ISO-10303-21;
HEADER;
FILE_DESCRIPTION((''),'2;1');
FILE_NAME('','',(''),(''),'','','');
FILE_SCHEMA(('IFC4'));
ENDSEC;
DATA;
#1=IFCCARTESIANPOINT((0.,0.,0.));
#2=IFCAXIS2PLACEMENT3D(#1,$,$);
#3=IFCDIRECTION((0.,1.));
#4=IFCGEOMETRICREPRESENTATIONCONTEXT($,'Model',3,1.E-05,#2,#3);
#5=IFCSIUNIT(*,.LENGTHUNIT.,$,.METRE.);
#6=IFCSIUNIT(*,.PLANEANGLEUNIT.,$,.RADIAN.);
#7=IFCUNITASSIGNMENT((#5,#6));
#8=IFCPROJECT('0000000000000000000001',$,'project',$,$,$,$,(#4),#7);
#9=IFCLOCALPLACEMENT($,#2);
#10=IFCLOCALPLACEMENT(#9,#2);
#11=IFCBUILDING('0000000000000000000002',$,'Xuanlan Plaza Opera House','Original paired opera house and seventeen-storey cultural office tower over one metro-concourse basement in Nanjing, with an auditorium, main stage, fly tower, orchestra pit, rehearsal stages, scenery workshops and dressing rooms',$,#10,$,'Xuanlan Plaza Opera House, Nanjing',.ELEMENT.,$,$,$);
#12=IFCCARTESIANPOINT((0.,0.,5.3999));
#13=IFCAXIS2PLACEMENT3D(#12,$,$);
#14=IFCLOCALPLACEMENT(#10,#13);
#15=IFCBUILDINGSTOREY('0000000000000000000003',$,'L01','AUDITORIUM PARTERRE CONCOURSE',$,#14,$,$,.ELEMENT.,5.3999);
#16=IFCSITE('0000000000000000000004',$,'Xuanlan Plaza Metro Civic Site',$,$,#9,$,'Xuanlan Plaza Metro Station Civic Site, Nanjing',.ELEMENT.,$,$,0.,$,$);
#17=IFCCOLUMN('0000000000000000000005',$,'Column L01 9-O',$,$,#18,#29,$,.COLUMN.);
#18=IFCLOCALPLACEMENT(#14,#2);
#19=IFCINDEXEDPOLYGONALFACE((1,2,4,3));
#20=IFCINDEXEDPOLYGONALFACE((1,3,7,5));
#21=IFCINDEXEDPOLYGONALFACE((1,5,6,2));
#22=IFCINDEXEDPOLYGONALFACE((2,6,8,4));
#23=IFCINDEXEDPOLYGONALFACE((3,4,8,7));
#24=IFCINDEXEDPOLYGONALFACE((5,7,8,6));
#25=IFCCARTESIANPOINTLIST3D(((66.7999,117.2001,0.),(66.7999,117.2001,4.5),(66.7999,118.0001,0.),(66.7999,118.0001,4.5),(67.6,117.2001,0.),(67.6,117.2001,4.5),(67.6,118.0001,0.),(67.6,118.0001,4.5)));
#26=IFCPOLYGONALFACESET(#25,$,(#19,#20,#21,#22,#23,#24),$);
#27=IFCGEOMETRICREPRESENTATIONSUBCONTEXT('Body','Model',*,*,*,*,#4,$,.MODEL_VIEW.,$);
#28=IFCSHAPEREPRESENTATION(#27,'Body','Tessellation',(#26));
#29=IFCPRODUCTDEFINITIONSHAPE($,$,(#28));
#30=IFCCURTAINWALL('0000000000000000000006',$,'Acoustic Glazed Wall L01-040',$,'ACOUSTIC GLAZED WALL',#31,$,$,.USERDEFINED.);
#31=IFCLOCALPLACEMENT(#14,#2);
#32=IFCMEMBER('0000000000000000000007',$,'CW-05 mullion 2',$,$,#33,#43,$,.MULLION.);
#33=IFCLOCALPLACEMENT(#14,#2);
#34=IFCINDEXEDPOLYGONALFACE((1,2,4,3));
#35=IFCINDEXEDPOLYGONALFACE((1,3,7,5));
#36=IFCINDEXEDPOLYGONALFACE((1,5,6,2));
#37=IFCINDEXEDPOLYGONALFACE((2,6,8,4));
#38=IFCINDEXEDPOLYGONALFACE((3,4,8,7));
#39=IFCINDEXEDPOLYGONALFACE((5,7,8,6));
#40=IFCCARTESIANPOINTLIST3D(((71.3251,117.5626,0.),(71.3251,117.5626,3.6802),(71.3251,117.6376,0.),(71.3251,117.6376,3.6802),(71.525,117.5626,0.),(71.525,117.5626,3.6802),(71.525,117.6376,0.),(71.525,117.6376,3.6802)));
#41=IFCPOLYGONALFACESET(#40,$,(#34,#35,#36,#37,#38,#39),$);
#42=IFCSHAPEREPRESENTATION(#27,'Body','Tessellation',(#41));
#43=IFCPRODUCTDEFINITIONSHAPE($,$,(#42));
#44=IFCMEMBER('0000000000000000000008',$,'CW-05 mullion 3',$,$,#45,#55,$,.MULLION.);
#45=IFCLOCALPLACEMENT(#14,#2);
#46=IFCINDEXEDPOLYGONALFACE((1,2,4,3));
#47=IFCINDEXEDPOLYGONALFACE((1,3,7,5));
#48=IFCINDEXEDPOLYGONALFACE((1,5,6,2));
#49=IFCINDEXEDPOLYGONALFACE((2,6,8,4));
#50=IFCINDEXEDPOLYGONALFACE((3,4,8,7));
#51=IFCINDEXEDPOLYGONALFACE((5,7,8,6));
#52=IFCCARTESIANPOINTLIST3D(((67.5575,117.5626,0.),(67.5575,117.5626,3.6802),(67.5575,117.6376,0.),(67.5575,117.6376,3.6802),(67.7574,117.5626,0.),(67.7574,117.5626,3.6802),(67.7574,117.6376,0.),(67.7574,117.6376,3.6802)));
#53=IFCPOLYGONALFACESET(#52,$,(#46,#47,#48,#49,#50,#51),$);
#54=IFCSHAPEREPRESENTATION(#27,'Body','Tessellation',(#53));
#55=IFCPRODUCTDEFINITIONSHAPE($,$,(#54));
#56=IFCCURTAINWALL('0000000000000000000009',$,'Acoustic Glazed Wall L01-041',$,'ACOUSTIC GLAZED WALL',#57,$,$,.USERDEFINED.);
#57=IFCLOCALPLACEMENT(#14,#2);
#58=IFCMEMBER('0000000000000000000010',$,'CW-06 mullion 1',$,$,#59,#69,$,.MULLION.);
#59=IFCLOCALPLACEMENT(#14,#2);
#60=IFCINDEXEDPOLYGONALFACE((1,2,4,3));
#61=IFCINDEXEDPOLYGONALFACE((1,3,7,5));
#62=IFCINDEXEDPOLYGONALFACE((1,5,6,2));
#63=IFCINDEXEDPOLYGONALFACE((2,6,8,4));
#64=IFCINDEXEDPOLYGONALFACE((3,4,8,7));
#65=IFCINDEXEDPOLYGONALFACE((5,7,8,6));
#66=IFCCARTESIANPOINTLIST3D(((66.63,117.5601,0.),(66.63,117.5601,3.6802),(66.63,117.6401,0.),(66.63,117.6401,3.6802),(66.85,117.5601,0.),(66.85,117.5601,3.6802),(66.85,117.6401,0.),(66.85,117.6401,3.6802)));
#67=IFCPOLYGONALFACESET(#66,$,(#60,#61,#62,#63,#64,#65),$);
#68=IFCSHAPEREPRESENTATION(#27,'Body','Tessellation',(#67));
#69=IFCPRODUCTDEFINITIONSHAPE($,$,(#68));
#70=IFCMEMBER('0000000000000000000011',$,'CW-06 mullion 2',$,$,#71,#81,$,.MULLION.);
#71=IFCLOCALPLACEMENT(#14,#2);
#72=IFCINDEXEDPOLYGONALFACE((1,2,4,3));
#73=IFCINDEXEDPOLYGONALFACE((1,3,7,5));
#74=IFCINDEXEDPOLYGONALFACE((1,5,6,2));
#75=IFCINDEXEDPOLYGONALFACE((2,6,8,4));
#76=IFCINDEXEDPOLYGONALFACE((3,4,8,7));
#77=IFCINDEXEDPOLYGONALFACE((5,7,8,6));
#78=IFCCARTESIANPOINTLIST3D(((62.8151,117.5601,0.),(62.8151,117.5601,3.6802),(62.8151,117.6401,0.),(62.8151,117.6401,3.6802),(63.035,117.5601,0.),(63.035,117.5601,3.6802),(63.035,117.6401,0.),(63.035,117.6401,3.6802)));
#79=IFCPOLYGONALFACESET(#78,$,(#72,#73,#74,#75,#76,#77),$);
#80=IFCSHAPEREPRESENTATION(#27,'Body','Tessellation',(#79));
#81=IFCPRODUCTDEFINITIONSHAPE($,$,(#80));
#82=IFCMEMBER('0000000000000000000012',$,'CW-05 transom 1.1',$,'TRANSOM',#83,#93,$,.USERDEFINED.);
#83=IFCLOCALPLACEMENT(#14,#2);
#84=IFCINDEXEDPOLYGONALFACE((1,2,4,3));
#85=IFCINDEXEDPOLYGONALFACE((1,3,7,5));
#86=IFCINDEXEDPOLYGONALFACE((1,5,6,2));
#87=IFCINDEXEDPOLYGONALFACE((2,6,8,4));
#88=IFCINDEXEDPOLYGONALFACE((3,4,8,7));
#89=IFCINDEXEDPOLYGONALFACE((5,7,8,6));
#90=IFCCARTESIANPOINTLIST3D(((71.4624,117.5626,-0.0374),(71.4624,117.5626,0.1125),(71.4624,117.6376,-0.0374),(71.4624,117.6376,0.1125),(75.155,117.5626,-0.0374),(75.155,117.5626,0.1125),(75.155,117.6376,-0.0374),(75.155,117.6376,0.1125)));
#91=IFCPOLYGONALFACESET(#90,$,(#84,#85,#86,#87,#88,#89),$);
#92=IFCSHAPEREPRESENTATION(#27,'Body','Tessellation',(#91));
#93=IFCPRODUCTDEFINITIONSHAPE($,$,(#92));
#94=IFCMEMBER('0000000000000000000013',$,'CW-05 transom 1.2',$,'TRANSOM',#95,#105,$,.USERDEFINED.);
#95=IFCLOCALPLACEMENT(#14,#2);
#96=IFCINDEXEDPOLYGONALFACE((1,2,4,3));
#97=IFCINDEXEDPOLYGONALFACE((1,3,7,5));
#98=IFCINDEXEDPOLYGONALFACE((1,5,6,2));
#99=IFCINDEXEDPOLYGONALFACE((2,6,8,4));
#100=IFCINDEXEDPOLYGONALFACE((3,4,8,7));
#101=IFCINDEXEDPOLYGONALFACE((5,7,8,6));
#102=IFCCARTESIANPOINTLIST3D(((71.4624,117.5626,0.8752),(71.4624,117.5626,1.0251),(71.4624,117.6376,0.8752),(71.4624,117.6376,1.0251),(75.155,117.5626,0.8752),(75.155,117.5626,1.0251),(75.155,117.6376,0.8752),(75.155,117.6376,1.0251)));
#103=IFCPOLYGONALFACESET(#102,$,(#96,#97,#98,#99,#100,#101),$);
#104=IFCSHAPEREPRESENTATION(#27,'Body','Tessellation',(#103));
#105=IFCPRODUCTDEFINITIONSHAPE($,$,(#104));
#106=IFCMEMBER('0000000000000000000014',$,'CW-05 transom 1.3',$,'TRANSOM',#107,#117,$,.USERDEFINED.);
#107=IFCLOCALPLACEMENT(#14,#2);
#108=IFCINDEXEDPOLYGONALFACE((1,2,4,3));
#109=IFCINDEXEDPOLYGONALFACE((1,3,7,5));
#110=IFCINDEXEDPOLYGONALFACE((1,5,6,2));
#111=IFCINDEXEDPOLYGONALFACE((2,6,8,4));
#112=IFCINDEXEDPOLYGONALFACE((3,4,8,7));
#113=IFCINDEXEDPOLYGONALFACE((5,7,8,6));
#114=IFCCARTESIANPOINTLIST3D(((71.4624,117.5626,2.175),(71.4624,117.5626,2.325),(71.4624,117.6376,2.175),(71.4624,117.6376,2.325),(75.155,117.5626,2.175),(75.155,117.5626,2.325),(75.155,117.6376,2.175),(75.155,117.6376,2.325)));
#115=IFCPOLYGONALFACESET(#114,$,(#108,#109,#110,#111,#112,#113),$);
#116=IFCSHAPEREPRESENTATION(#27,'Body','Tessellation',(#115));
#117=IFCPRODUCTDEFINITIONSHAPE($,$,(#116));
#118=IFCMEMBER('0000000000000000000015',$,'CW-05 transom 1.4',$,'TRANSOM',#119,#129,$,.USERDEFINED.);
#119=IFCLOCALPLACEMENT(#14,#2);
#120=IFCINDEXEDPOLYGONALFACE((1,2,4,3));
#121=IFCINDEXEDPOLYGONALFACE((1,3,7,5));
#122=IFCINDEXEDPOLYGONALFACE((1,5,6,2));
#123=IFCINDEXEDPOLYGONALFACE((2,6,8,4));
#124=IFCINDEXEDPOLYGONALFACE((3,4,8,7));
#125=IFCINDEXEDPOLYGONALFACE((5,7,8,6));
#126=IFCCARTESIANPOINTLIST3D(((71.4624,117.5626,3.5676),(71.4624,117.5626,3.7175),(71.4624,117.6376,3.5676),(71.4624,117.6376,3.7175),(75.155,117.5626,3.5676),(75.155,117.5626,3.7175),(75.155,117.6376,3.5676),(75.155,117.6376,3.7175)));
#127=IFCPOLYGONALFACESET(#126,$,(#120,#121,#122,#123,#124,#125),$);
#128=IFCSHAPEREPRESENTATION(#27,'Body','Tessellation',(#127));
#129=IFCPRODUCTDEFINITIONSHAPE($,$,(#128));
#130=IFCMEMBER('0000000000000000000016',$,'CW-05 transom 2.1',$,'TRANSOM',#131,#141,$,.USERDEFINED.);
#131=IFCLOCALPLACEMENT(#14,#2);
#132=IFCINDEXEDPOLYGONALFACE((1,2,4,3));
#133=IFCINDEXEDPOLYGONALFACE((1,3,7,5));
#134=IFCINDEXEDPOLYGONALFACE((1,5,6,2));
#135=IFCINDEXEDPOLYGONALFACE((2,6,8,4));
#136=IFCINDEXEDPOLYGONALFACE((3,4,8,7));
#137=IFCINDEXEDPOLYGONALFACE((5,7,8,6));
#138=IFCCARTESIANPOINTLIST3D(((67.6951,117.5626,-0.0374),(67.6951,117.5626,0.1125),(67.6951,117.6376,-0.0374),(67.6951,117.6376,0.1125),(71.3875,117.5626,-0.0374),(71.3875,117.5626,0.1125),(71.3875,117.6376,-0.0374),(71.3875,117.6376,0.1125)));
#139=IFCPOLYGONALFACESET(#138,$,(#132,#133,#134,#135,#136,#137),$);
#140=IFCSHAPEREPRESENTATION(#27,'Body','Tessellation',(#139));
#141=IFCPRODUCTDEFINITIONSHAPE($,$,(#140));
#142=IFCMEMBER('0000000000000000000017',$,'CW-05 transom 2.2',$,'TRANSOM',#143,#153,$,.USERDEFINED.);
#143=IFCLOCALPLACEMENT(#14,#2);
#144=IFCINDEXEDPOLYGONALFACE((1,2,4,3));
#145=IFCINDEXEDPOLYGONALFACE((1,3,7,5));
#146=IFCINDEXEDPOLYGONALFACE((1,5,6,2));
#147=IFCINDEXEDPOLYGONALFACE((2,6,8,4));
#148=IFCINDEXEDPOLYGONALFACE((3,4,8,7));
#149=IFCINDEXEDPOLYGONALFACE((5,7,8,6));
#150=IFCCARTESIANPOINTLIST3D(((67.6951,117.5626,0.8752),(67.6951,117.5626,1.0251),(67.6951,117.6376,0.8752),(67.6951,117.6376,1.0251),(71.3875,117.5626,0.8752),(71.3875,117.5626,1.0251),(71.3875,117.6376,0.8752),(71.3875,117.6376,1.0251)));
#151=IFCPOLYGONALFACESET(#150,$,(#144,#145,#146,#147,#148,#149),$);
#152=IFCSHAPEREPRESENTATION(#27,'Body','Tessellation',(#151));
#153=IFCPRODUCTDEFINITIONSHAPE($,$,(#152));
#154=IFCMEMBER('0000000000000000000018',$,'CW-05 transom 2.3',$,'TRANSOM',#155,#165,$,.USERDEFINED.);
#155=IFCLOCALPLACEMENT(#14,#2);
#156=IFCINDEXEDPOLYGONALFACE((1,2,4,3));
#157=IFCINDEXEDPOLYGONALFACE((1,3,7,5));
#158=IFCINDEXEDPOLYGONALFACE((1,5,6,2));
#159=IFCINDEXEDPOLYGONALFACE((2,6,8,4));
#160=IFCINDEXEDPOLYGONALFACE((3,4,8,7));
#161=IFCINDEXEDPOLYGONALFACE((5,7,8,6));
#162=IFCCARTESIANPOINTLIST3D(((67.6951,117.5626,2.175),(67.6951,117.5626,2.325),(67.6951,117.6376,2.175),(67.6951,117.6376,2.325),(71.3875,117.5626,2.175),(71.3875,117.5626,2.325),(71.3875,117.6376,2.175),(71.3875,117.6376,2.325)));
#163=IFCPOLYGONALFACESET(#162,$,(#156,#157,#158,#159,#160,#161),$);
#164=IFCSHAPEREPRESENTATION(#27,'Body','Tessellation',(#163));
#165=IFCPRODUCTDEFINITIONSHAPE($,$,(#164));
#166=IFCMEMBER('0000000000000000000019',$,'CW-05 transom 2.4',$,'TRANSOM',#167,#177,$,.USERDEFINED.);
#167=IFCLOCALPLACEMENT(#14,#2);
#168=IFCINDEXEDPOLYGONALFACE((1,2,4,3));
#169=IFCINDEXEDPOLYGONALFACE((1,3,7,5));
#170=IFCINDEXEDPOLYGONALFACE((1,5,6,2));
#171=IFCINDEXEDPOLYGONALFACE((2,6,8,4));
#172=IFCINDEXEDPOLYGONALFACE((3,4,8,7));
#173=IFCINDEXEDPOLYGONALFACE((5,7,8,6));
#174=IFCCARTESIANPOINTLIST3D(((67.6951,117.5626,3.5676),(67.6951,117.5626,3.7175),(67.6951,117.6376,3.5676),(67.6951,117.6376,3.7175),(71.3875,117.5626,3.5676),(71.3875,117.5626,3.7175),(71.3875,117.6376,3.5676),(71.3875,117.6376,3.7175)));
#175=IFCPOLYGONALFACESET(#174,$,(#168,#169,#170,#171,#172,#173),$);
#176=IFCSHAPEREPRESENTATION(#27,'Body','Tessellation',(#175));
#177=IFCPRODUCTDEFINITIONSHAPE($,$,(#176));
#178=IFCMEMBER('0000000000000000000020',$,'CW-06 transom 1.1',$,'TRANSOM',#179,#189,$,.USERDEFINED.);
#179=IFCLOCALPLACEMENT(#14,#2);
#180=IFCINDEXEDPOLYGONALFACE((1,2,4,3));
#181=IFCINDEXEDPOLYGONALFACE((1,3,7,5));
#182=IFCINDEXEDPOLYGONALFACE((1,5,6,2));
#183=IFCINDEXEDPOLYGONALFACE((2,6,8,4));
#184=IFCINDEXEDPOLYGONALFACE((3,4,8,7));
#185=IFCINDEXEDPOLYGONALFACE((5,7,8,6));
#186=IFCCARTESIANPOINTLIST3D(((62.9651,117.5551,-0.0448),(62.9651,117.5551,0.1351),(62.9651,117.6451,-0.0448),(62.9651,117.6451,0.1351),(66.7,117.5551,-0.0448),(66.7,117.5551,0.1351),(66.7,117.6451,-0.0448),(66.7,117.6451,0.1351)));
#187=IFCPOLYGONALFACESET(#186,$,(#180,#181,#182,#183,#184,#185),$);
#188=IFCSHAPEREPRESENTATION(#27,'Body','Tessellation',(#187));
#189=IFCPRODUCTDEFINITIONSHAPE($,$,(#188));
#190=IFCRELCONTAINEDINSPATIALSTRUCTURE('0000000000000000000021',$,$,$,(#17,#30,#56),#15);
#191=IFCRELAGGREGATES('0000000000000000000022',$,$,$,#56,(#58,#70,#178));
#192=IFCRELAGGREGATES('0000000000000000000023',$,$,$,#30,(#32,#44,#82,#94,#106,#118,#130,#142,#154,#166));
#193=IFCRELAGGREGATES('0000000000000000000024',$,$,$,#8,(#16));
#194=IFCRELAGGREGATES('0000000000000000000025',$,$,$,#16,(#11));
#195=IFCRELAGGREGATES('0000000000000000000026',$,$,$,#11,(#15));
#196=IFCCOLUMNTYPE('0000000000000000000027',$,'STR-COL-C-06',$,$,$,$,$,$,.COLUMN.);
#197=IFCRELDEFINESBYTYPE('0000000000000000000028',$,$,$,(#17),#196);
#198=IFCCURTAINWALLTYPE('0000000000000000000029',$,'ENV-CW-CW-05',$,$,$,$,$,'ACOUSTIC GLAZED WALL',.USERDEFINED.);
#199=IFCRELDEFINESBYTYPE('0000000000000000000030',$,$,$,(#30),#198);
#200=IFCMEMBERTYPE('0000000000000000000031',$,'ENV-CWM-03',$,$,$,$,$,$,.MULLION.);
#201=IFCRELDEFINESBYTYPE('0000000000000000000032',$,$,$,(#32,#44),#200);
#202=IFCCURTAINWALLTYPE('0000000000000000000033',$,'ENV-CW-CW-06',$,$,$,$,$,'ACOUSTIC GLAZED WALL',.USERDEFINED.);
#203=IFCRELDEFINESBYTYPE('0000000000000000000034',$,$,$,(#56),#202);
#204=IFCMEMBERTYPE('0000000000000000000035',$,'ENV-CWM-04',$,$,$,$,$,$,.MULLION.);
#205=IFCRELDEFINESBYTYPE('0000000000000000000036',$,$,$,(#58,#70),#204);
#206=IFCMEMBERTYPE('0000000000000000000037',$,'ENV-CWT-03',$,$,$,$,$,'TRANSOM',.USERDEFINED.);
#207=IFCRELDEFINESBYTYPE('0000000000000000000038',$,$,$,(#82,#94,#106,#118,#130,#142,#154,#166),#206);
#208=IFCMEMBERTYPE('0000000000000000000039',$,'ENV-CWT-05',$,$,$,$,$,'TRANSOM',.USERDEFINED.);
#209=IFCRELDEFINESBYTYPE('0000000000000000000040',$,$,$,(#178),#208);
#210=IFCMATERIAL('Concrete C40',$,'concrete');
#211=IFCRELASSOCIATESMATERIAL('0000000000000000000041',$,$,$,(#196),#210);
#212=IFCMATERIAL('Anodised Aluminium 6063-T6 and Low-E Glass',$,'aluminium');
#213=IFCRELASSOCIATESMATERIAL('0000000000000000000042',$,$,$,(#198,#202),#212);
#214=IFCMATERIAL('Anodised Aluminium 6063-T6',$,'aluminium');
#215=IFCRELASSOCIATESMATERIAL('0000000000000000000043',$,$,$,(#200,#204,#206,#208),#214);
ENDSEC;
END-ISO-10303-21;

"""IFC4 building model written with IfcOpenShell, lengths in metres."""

from ifc_helpers import new_model, si_unit, direction, frame, origin, origin_2d, place, context, subcontext, project, spatial, rectangle, extrude, material, material_profile, profile_set, type_object, element, aggregate, save


model = new_model("IFC4")

# Units and contexts
model_context = context("Model", 3, precision=1e-05, world=origin(), true_north=direction((0.0, 1.0)))
body_context = subcontext(model_context, "Body", "Model", "MODEL_VIEW")
ifc_project = project(units=[si_unit("LENGTHUNIT", "METRE"), si_unit("PLANEANGLEUNIT", "RADIAN")], contexts=[model_context])

# Site, building, storey
site_placement = place(None, origin())
site = spatial("IfcSite", under=ifc_project, at=site_placement, Name="Xuanlan Plaza Metro Civic Site", LongName="Xuanlan Plaza Metro Station Civic Site, Nanjing", CompositionType="ELEMENT", RefElevation=0.0)
building_placement = place(site_placement, origin())
building = spatial("IfcBuilding", under=site, at=building_placement, Name="Xuanlan Plaza Opera House", Description="Original paired opera house and seventeen-storey cultural office tower over one metro-concourse basement in Nanjing, with an auditorium, main stage, fly tower, orchestra pit, rehearsal stages, scenery workshops and dressing rooms", LongName="Xuanlan Plaza Opera House, Nanjing", CompositionType="ELEMENT")
storey_placement = place(building_placement, frame((0.0, 0.0, 5.3999)))
storey = spatial("IfcBuildingStorey", under=building, at=storey_placement, Name="L01", Description="AUDITORIUM PARTERRE CONCOURSE", CompositionType="ELEMENT", Elevation=5.3999)

# Column
ifc_material_1 = material(Name="Concrete C40", Category="concrete")
ifc_material_profile_1 = material_profile(ifc_material_1, rectangle(XDim=0.8, YDim=0.8, at=origin_2d()), Name="RC-COL 800x800")
ifc_profile_set_1 = profile_set([ifc_material_profile_1], Name="Concrete C40")
column_type = type_object("IfcColumnType", Name="STR-COL-C-06", PredefinedType="COLUMN", material=ifc_profile_set_1)
column_placement = place(storey_placement, frame((67.2, 117.6001, 0.0), z_axis=(0.0, 0.0, 1.0), x_axis=(1.0, 0.0, 0.0)))
element("IfcColumn", 1, at=column_placement, inside=storey, type_object=column_type, Name="Column L01 9-O", PredefinedType="COLUMN", context=body_context, shape_type="SweptSolid", body=[
    extrude(rectangle(XDim=0.8, YDim=0.8, at=origin_2d()), origin(), (0.0, 0.0, 1.0), 4.5),
])

# Curtain walls, members
ifc_material_2 = material(Name="Anodised Aluminium 6063-T6 and Low-E Glass", Category="aluminium")
curtain_wall_type_1 = type_object("IfcCurtainWallType", Name="ENV-CW-CW-05", ElementType="ACOUSTIC GLAZED WALL", PredefinedType="USERDEFINED", material=ifc_material_2)
curtain_wall_1_placement = place(storey_placement, origin())
curtain_wall_1 = element("IfcCurtainWall", 2, at=curtain_wall_1_placement, inside=storey, type_object=curtain_wall_type_1, Name="Acoustic Glazed Wall L01-040", ObjectType="ACOUSTIC GLAZED WALL", PredefinedType="USERDEFINED")
ifc_material_3 = material(Name="Anodised Aluminium 6063-T6", Category="aluminium")
ifc_material_profile_2 = material_profile(ifc_material_3, rectangle(XDim=0.075, YDim=0.2, at=origin_2d()), Name="ALU-M 75x200")
ifc_profile_set_2 = profile_set([ifc_material_profile_2], Name="Anodised Aluminium 6063-T6")
member_type_1 = type_object("IfcMemberType", Name="ENV-CWM-03", PredefinedType="MULLION", material=ifc_profile_set_2)
member_1_placement = place(storey_placement, frame((71.425, 117.6001, 0.0), z_axis=(0.0, 0.0, 1.0), x_axis=(0.0, -1.0, 0.0)))
member_1 = element("IfcMember", 3, at=member_1_placement, type_object=member_type_1, Name="CW-05 mullion 2", PredefinedType="MULLION", context=body_context, shape_type="SweptSolid", body=[
    extrude(rectangle(XDim=0.075, YDim=0.2, at=origin_2d()), origin(), (0.0, 0.0, 1.0), 3.6802),
])
member_2_placement = place(storey_placement, frame((67.6575, 117.6001, 0.0), z_axis=(0.0, 0.0, 1.0), x_axis=(0.0, -1.0, 0.0)))
member_2 = element("IfcMember", 4, at=member_2_placement, type_object=member_type_1, Name="CW-05 mullion 3", PredefinedType="MULLION", context=body_context, shape_type="SweptSolid", body=[
    extrude(rectangle(XDim=0.075, YDim=0.2, at=origin_2d()), origin(), (0.0, 0.0, 1.0), 3.6802),
])
curtain_wall_type_2 = type_object("IfcCurtainWallType", Name="ENV-CW-CW-06", ElementType="ACOUSTIC GLAZED WALL", PredefinedType="USERDEFINED", material=ifc_material_2)
curtain_wall_2_placement = place(storey_placement, origin())
curtain_wall_2 = element("IfcCurtainWall", 5, at=curtain_wall_2_placement, inside=storey, type_object=curtain_wall_type_2, Name="Acoustic Glazed Wall L01-041", ObjectType="ACOUSTIC GLAZED WALL", PredefinedType="USERDEFINED")
ifc_material_profile_3 = material_profile(ifc_material_3, rectangle(XDim=0.0801, YDim=0.22, at=origin_2d()), Name="ALU-M 80x220")
ifc_profile_set_3 = profile_set([ifc_material_profile_3], Name="Anodised Aluminium 6063-T6")
member_type_2 = type_object("IfcMemberType", Name="ENV-CWM-04", PredefinedType="MULLION", material=ifc_profile_set_3)
member_3_placement = place(storey_placement, frame((66.74, 117.6001, 0.0), z_axis=(0.0, 0.0, 1.0), x_axis=(0.0, -1.0, 0.0)))
member_3 = element("IfcMember", 6, at=member_3_placement, type_object=member_type_2, Name="CW-06 mullion 1", PredefinedType="MULLION", context=body_context, shape_type="SweptSolid", body=[
    extrude(rectangle(XDim=0.0801, YDim=0.22, at=origin_2d()), origin(), (0.0, 0.0, 1.0), 3.6802),
])
member_4_placement = place(storey_placement, frame((62.925, 117.6001, 0.0), z_axis=(0.0, 0.0, 1.0), x_axis=(0.0, -1.0, 0.0)))
member_4 = element("IfcMember", 7, at=member_4_placement, type_object=member_type_2, Name="CW-06 mullion 2", PredefinedType="MULLION", context=body_context, shape_type="SweptSolid", body=[
    extrude(rectangle(XDim=0.0801, YDim=0.22, at=origin_2d()), origin(), (0.0, 0.0, 1.0), 3.6802),
])

# Members
ifc_material_profile_4 = material_profile(ifc_material_3, rectangle(XDim=0.075, YDim=0.1499, at=origin_2d()), Name="ALU-T 75x150")
ifc_profile_set_4 = profile_set([ifc_material_profile_4], Name="Anodised Aluminium 6063-T6")
member_type_3 = type_object("IfcMemberType", Name="ENV-CWT-03", ElementType="TRANSOM", PredefinedType="USERDEFINED", material=ifc_profile_set_4)
member_5_placement = place(storey_placement, frame((75.155, 117.6001, 0.0376), z_axis=(-1.0, 0.0, 0.0), x_axis=(0.0, -1.0, 0.0)))
member_5 = element("IfcMember", 8, at=member_5_placement, type_object=member_type_3, Name="CW-05 transom 1.1", ObjectType="TRANSOM", PredefinedType="USERDEFINED", context=body_context, shape_type="SweptSolid", body=[
    extrude(rectangle(XDim=0.075, YDim=0.1499, at=origin_2d()), origin(), (0.0, 0.0, 1.0), 3.6926),
])
member_6_placement = place(storey_placement, frame((75.155, 117.6001, 0.9502), z_axis=(-1.0, 0.0, 0.0), x_axis=(0.0, -1.0, 0.0)))
member_6 = element("IfcMember", 9, at=member_6_placement, type_object=member_type_3, Name="CW-05 transom 1.2", ObjectType="TRANSOM", PredefinedType="USERDEFINED", context=body_context, shape_type="SweptSolid", body=[
    extrude(rectangle(XDim=0.075, YDim=0.1499, at=origin_2d()), origin(), (0.0, 0.0, 1.0), 3.6926),
])
member_7_placement = place(storey_placement, frame((75.155, 117.6001, 2.25), z_axis=(-1.0, 0.0, 0.0), x_axis=(0.0, -1.0, 0.0)))
member_7 = element("IfcMember", 10, at=member_7_placement, type_object=member_type_3, Name="CW-05 transom 1.3", ObjectType="TRANSOM", PredefinedType="USERDEFINED", context=body_context, shape_type="SweptSolid", body=[
    extrude(rectangle(XDim=0.075, YDim=0.1499, at=origin_2d()), origin(), (0.0, 0.0, 1.0), 3.6926),
])
member_8_placement = place(storey_placement, frame((75.155, 117.6001, 3.6426), z_axis=(-1.0, 0.0, 0.0), x_axis=(0.0, -1.0, 0.0)))
member_8 = element("IfcMember", 11, at=member_8_placement, type_object=member_type_3, Name="CW-05 transom 1.4", ObjectType="TRANSOM", PredefinedType="USERDEFINED", context=body_context, shape_type="SweptSolid", body=[
    extrude(rectangle(XDim=0.075, YDim=0.1499, at=origin_2d()), origin(), (0.0, 0.0, 1.0), 3.6926),
])
member_9_placement = place(storey_placement, frame((71.3875, 117.6001, 0.0376), z_axis=(-1.0, 0.0, 0.0), x_axis=(0.0, -1.0, 0.0)))
member_9 = element("IfcMember", 12, at=member_9_placement, type_object=member_type_3, Name="CW-05 transom 2.1", ObjectType="TRANSOM", PredefinedType="USERDEFINED", context=body_context, shape_type="SweptSolid", body=[
    extrude(rectangle(XDim=0.075, YDim=0.1499, at=origin_2d()), origin(), (0.0, 0.0, 1.0), 3.6924),
])
member_10_placement = place(storey_placement, frame((71.3875, 117.6001, 0.9502), z_axis=(-1.0, 0.0, 0.0), x_axis=(0.0, -1.0, 0.0)))
member_10 = element("IfcMember", 13, at=member_10_placement, type_object=member_type_3, Name="CW-05 transom 2.2", ObjectType="TRANSOM", PredefinedType="USERDEFINED", context=body_context, shape_type="SweptSolid", body=[
    extrude(rectangle(XDim=0.075, YDim=0.1499, at=origin_2d()), origin(), (0.0, 0.0, 1.0), 3.6924),
])
member_11_placement = place(storey_placement, frame((71.3875, 117.6001, 2.25), z_axis=(-1.0, 0.0, 0.0), x_axis=(0.0, -1.0, 0.0)))
member_11 = element("IfcMember", 14, at=member_11_placement, type_object=member_type_3, Name="CW-05 transom 2.3", ObjectType="TRANSOM", PredefinedType="USERDEFINED", context=body_context, shape_type="SweptSolid", body=[
    extrude(rectangle(XDim=0.075, YDim=0.1499, at=origin_2d()), origin(), (0.0, 0.0, 1.0), 3.6924),
])
member_12_placement = place(storey_placement, frame((71.3875, 117.6001, 3.6426), z_axis=(-1.0, 0.0, 0.0), x_axis=(0.0, -1.0, 0.0)))
member_12 = element("IfcMember", 15, at=member_12_placement, type_object=member_type_3, Name="CW-05 transom 2.4", ObjectType="TRANSOM", PredefinedType="USERDEFINED", context=body_context, shape_type="SweptSolid", body=[
    extrude(rectangle(XDim=0.075, YDim=0.1499, at=origin_2d()), origin(), (0.0, 0.0, 1.0), 3.6924),
])
ifc_material_profile_5 = material_profile(ifc_material_3, rectangle(XDim=0.0901, YDim=0.1799, at=origin_2d()), Name="ALU-T 90x180")
ifc_profile_set_5 = profile_set([ifc_material_profile_5], Name="Anodised Aluminium 6063-T6")
member_type_4 = type_object("IfcMemberType", Name="ENV-CWT-05", ElementType="TRANSOM", PredefinedType="USERDEFINED", material=ifc_profile_set_5)
member_13_placement = place(storey_placement, frame((66.7, 117.6001, 0.0452), z_axis=(-1.0, 0.0, 0.0), x_axis=(0.0, -1.0, 0.0)))
member_13 = element("IfcMember", 16, at=member_13_placement, type_object=member_type_4, Name="CW-06 transom 1.1", ObjectType="TRANSOM", PredefinedType="USERDEFINED", context=body_context, shape_type="SweptSolid", body=[
    extrude(rectangle(XDim=0.0901, YDim=0.1799, at=origin_2d()), origin(), (0.0, 0.0, 1.0), 3.7349),
])

aggregate(curtain_wall_2, [member_3, member_4, member_13])
aggregate(curtain_wall_1, [member_1, member_2, member_5, member_6, member_7, member_8, member_9, member_10, member_11, member_12])

save(model, "model.ifc")
